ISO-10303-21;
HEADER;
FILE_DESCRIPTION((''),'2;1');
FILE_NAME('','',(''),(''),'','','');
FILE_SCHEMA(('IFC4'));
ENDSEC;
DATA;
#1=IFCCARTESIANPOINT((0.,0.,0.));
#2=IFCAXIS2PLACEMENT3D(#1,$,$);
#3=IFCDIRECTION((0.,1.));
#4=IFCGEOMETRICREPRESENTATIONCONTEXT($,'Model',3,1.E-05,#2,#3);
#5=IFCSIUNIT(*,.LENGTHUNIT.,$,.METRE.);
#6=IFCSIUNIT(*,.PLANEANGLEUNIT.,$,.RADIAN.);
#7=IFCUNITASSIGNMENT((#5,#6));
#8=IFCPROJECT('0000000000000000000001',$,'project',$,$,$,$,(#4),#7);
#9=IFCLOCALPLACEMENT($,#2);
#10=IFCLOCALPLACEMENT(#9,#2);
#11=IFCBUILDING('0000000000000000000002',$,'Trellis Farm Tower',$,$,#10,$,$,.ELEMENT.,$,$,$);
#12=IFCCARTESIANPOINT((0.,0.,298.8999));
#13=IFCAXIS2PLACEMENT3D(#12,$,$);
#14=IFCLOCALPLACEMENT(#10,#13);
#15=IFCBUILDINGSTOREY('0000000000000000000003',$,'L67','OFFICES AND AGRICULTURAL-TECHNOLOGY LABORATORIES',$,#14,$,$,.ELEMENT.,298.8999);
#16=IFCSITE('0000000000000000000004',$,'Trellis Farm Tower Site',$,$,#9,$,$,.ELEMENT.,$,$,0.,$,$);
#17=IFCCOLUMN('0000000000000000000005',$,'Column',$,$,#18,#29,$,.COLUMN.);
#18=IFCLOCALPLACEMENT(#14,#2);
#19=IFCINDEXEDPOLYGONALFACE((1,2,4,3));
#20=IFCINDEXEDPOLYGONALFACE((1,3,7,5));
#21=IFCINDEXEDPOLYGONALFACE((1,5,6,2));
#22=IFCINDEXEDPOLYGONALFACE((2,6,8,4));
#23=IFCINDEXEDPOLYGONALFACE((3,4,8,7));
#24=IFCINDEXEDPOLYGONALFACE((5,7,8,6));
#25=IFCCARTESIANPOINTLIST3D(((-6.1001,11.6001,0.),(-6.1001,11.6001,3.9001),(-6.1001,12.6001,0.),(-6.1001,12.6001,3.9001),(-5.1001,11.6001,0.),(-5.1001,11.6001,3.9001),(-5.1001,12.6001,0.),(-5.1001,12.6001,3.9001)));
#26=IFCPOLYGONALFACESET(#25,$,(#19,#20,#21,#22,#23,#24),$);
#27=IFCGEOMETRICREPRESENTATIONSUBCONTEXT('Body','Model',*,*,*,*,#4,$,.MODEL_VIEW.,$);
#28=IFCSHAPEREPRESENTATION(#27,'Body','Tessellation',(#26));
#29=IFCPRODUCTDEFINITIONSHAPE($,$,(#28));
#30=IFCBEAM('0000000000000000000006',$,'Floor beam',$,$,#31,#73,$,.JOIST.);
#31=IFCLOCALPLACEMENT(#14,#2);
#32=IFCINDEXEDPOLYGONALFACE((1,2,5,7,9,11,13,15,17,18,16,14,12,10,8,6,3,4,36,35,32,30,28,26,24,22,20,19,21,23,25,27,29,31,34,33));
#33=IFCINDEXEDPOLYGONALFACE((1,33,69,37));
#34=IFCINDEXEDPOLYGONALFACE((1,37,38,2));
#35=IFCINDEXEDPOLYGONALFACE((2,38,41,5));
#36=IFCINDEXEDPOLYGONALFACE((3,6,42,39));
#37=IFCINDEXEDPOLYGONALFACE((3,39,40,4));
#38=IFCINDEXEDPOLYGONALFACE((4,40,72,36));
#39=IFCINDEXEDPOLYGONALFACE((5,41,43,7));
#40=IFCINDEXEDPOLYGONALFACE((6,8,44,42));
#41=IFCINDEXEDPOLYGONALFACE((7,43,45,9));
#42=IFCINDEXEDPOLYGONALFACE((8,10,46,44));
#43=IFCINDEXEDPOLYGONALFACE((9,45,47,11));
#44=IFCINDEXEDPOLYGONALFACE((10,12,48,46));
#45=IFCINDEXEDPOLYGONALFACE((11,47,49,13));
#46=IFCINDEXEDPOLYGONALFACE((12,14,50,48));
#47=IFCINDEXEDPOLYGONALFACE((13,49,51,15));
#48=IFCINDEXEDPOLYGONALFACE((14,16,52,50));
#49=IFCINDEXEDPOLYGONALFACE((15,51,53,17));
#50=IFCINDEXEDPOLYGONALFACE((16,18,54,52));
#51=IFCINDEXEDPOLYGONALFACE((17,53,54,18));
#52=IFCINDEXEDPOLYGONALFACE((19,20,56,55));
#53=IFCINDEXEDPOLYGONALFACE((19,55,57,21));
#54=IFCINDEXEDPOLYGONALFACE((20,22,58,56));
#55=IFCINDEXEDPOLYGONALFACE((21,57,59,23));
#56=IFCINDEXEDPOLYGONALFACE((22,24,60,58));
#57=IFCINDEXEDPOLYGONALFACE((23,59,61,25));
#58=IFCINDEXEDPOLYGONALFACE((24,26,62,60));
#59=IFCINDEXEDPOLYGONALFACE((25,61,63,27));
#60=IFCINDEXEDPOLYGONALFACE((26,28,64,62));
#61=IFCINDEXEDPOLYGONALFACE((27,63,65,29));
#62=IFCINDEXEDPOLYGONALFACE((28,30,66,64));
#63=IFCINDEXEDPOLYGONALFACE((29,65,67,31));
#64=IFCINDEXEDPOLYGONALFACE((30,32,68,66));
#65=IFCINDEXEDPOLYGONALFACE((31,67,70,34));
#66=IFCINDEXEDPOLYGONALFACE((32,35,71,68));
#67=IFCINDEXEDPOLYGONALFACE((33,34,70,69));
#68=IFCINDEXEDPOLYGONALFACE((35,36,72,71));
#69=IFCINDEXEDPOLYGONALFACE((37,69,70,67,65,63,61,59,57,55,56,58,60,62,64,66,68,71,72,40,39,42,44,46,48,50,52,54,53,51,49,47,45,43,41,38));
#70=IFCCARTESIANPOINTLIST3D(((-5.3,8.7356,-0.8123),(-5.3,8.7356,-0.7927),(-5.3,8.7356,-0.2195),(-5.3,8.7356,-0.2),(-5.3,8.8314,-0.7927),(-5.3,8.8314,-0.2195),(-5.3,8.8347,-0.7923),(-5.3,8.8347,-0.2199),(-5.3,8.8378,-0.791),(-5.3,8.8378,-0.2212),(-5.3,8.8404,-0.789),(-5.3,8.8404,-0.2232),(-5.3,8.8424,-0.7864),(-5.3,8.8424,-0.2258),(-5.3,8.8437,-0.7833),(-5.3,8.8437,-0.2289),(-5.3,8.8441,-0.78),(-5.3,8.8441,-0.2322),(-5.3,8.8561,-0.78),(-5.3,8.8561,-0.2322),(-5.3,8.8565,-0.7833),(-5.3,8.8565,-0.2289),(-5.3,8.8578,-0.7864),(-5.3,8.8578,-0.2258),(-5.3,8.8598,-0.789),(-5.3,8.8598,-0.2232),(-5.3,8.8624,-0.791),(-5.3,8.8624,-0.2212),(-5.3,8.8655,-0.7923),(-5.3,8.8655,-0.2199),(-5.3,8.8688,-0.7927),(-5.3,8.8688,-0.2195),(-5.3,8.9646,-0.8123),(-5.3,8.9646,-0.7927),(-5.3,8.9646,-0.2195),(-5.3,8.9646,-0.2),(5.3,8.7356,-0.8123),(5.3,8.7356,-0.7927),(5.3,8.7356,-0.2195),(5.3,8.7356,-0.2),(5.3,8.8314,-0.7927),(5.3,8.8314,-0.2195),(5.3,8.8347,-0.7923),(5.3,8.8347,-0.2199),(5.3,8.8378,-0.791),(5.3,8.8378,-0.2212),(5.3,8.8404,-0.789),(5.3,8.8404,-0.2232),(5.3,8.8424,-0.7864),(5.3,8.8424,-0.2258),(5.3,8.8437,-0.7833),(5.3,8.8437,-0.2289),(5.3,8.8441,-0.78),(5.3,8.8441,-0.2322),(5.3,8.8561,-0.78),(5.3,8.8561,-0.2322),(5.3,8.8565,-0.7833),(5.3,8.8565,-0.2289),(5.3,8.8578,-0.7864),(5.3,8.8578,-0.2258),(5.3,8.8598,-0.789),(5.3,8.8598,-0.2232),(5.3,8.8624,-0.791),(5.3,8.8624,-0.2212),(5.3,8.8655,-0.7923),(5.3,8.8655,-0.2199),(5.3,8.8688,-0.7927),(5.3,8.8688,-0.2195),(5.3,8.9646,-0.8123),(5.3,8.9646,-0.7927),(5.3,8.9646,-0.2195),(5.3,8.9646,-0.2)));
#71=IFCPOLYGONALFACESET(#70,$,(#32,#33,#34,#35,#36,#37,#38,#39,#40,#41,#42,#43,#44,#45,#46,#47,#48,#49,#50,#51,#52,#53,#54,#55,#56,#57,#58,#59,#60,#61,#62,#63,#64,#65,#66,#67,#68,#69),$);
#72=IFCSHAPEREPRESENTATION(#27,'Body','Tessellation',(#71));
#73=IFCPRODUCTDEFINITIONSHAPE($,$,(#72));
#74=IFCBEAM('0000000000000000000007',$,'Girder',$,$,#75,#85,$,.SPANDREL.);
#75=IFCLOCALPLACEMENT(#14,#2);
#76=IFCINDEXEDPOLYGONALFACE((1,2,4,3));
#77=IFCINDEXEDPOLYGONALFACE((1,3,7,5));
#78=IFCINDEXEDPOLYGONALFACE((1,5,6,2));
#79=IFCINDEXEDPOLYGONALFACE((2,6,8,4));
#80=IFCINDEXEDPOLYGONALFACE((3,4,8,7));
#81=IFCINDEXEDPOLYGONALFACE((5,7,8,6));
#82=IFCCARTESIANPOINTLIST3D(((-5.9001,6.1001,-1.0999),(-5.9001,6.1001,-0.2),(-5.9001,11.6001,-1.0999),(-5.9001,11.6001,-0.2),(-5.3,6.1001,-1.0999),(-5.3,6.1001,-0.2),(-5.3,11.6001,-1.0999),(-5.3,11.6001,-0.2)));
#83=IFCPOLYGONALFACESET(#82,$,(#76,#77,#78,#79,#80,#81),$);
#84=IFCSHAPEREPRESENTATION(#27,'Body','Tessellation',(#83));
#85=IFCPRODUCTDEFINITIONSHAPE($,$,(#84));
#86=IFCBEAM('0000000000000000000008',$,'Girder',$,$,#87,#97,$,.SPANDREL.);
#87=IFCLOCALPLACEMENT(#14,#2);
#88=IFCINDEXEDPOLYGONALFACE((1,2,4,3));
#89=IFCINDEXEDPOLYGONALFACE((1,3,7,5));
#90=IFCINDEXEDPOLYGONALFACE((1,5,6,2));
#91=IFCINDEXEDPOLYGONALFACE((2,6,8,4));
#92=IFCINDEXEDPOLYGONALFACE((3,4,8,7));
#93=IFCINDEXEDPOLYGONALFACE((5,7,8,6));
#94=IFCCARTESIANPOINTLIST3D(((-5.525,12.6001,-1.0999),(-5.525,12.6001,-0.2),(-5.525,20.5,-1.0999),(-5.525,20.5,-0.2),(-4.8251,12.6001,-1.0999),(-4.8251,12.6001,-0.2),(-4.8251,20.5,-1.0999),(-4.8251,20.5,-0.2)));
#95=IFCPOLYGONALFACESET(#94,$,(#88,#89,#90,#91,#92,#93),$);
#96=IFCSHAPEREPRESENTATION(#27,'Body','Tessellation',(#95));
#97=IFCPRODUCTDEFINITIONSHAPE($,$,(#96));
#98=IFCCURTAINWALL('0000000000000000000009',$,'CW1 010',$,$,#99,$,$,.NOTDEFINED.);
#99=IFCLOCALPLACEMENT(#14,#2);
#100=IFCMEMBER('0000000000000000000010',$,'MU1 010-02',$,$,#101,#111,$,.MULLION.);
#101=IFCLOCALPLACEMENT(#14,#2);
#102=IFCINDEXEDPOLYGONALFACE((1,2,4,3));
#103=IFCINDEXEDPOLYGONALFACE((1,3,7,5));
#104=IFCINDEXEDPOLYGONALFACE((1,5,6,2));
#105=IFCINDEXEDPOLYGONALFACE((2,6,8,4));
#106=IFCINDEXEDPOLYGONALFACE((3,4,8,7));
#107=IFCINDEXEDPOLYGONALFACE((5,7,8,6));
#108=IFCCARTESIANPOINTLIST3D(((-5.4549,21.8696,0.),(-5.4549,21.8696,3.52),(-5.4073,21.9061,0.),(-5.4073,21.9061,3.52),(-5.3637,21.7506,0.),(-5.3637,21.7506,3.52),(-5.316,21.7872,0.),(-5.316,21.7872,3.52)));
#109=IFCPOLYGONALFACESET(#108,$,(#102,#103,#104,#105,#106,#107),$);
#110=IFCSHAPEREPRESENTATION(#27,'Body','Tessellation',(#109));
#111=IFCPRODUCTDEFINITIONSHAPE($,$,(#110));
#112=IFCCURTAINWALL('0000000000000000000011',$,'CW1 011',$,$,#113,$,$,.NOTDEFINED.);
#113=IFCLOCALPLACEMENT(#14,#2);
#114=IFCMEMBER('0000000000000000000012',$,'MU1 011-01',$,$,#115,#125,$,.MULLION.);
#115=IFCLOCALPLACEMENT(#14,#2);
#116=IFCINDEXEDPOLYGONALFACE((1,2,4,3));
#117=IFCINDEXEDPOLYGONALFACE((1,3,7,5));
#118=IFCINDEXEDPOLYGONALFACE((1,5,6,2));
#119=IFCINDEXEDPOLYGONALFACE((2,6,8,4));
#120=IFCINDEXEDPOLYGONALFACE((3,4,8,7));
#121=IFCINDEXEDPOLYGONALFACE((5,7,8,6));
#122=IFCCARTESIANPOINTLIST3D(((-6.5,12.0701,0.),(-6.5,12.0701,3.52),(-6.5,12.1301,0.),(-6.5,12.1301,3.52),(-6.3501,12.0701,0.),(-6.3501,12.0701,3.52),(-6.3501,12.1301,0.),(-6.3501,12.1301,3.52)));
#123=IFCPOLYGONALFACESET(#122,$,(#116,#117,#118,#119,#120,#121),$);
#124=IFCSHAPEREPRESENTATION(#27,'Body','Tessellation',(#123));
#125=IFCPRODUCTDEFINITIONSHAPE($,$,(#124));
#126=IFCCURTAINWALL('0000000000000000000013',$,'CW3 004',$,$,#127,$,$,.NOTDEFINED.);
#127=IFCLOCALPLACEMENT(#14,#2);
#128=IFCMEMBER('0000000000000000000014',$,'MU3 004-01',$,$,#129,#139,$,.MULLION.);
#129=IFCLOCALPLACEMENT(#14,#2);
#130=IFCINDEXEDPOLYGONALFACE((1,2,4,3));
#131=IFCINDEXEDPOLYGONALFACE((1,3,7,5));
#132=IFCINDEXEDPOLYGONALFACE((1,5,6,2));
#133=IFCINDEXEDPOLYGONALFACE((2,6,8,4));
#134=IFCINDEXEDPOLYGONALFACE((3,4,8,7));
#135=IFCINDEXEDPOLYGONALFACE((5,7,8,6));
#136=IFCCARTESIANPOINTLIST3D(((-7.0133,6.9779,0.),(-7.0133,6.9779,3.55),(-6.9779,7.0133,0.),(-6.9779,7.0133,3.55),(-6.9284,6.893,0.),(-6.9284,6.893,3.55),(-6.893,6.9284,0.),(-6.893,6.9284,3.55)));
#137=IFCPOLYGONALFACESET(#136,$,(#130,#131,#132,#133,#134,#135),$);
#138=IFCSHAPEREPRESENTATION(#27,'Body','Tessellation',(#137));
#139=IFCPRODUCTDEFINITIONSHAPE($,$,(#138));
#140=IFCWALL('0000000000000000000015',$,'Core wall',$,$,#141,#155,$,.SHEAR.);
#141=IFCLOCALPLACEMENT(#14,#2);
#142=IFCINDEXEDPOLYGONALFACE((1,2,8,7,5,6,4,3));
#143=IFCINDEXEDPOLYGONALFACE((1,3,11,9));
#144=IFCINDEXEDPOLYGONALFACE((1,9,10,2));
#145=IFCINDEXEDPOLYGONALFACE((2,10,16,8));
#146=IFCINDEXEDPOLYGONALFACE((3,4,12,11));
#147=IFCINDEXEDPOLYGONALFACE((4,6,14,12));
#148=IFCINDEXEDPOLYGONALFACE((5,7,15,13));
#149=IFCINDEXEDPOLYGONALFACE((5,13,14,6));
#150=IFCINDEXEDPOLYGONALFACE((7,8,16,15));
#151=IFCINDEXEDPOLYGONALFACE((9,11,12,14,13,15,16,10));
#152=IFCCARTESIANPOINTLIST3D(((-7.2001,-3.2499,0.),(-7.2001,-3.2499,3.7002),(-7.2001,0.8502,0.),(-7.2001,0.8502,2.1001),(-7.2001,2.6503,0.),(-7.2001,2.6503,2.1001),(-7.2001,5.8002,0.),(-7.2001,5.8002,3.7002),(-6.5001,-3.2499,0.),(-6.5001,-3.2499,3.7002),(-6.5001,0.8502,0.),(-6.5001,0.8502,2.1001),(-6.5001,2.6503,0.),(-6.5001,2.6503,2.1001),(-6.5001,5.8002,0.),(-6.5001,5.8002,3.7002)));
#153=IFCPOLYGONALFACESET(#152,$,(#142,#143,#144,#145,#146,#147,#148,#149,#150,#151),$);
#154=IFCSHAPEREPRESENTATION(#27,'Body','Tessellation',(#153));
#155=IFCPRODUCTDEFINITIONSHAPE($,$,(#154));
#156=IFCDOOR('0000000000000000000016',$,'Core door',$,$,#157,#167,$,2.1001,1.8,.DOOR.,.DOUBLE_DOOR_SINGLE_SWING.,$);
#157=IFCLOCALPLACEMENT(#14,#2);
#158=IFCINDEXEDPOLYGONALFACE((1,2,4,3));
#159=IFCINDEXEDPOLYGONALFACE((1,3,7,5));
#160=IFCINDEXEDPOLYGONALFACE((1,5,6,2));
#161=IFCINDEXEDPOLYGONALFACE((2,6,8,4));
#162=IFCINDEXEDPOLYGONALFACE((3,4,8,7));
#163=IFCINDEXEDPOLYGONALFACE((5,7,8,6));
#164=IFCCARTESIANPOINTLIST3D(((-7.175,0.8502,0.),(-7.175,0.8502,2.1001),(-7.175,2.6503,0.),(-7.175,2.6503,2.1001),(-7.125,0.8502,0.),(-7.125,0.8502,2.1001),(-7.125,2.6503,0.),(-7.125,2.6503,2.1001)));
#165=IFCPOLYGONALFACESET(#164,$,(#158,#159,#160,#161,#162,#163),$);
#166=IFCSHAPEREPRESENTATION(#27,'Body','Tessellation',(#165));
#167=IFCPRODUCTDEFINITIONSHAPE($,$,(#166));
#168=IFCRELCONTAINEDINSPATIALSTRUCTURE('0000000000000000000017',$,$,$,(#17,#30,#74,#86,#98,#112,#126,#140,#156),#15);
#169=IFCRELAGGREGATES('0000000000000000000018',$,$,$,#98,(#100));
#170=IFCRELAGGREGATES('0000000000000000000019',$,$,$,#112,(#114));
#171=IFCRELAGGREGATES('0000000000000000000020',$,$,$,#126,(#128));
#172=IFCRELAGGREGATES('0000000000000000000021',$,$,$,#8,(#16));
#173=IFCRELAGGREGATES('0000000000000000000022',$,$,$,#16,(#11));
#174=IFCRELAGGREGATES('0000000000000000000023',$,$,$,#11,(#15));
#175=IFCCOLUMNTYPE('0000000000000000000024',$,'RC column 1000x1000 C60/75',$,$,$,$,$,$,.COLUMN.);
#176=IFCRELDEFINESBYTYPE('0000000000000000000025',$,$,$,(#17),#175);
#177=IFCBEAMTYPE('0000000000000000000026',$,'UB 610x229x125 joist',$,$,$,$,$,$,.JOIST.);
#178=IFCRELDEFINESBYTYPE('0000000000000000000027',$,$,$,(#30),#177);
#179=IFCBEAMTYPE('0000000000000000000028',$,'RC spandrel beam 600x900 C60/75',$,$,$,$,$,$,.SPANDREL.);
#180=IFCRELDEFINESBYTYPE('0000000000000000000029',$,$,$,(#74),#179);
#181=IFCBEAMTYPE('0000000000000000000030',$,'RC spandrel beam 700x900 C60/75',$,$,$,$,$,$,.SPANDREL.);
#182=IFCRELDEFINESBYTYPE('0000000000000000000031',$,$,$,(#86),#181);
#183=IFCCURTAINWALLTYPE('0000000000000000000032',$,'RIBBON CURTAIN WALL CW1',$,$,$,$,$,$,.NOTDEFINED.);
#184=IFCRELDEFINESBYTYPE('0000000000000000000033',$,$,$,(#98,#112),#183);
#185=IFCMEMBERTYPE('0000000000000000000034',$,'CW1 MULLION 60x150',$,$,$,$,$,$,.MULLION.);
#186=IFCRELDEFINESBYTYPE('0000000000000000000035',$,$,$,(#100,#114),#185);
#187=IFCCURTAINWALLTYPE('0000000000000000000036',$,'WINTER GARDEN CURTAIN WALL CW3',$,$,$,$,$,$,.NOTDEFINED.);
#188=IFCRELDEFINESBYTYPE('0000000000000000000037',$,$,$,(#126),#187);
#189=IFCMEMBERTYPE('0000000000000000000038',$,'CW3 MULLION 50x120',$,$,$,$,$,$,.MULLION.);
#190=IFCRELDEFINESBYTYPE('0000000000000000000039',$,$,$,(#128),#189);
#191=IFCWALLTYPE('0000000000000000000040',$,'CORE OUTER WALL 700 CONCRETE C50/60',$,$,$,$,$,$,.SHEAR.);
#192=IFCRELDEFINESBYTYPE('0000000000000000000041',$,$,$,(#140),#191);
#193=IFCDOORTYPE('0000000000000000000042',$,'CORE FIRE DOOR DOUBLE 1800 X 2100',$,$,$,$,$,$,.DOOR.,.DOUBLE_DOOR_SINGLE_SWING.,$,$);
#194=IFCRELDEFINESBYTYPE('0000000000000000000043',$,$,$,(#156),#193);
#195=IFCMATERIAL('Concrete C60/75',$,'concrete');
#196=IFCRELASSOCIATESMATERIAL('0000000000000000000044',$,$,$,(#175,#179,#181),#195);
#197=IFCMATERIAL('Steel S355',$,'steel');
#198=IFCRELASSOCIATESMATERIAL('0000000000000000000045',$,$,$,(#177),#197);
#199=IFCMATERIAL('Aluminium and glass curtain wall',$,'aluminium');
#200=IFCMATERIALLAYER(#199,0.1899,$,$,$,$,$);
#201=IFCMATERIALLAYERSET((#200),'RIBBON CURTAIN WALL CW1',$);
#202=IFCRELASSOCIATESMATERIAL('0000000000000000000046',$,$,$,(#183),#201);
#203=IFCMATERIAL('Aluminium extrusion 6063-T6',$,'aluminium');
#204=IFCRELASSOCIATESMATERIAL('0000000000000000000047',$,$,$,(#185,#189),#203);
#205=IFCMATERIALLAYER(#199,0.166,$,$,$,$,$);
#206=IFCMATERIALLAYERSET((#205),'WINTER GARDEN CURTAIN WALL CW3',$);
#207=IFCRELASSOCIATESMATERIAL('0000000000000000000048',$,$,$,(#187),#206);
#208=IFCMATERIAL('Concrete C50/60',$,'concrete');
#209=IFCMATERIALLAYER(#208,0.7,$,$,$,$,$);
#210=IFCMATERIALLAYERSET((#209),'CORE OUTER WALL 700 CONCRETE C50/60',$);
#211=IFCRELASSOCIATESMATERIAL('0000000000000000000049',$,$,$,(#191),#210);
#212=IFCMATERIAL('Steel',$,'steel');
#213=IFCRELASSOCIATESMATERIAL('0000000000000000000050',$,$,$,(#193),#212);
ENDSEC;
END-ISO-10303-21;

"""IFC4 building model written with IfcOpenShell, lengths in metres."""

from ifc_helpers import new_model, si_unit, direction, frame, frame_2d, origin, origin_2d, place, context, subcontext, project, spatial, rectangle, i_section, extrude, source, transform, mapped, material, layer, layer_set, material_profile, profile_set, type_object, element, fill, aggregate, save


model = new_model("IFC4")

# Units and contexts
model_context = context("Model", 3, precision=1e-05, world=origin(), true_north=direction((0.0, 1.0)))
body_context = subcontext(model_context, "Body", "Model", "MODEL_VIEW")
ifc_project = project(units=[si_unit("LENGTHUNIT", "METRE"), si_unit("PLANEANGLEUNIT", "RADIAN")], contexts=[model_context])

# Site, building, storey
site_placement = place(None, origin())
site = spatial("IfcSite", under=ifc_project, at=site_placement, Name="Trellis Farm Tower Site", CompositionType="ELEMENT", RefElevation=0.0)
building_placement = place(site_placement, origin())
building = spatial("IfcBuilding", under=site, at=building_placement, Name="Trellis Farm Tower", CompositionType="ELEMENT")
storey_placement = place(building_placement, frame((0.0, 0.0, 298.8999)))
storey = spatial("IfcBuildingStorey", under=building, at=storey_placement, Name="L67", Description="OFFICES AND AGRICULTURAL-TECHNOLOGY LABORATORIES", CompositionType="ELEMENT", Elevation=298.8999)

# Column
ifc_material_1 = material(Name="Concrete C60/75", Category="concrete")
ifc_material_profile_1 = material_profile(ifc_material_1, rectangle(XDim=1.0, YDim=1.0, at=origin_2d()), Name="RC column 1000x1000 C60/75")
ifc_profile_set_1 = profile_set([ifc_material_profile_1], Name="Concrete C60/75")
column_type = type_object("IfcColumnType", Name="RC column 1000x1000 C60/75", PredefinedType="COLUMN", material=ifc_profile_set_1)
shared_shape_1 = source(origin(), body_context, "Body", "SweptSolid", [
    extrude(rectangle(XDim=1.0, YDim=1.0, at=origin_2d()), origin(), (0.0, 0.0, 1.0), 3.9001),
])
column_placement = place(storey_placement, frame((-5.6001, 12.1001, 0.0), z_axis=(0.0, 0.0, 1.0), x_axis=(1.0, 0.0, 0.0)))
element("IfcColumn", 1, at=column_placement, inside=storey, type_object=column_type, Name="Column", PredefinedType="COLUMN", context=body_context, shape_type="MappedRepresentation", body=[
    mapped(shared_shape_1, transform((0.0, 0.0, 0.0))),
])

# Beams
ifc_material_2 = material(Name="Steel S355", Category="steel")
ifc_material_profile_2 = material_profile(ifc_material_2, i_section(OverallWidth=0.229, OverallDepth=0.6123, WebThickness=0.012, FlangeThickness=0.0195, FilletRadius=0.0127, at=origin_2d()), Name="UB 610x229x125")
ifc_profile_set_2 = profile_set([ifc_material_profile_2], Name="Steel S355")
beam_type_1 = type_object("IfcBeamType", Name="UB 610x229x125 joist", PredefinedType="JOIST", material=ifc_profile_set_2)
shared_shape_2 = source(origin(), body_context, "Body", "SweptSolid", [
    extrude(i_section(OverallWidth=0.229, OverallDepth=0.6123, WebThickness=0.012, FlangeThickness=0.0195, FilletRadius=0.0127, at=origin_2d()), origin(), (0.0, 0.0, 1.0), 10.6001),
])
beam_1_placement = place(storey_placement, frame((-5.3, 8.8501, -0.5061), z_axis=(1.0, 0.0, 0.0), x_axis=(0.0, 1.0, 0.0)))
element("IfcBeam", 2, at=beam_1_placement, inside=storey, type_object=beam_type_1, Name="Floor beam", PredefinedType="JOIST", context=body_context, shape_type="MappedRepresentation", body=[
    mapped(shared_shape_2, transform((0.0, 0.0, 0.0))),
])
ifc_material_profile_3 = material_profile(ifc_material_1, rectangle(XDim=0.6001, YDim=0.8999, at=origin_2d()), Name="RC spandrel beam 600x900 C60/75")
ifc_profile_set_3 = profile_set([ifc_material_profile_3], Name="Concrete C60/75")
beam_type_2 = type_object("IfcBeamType", Name="RC spandrel beam 600x900 C60/75", PredefinedType="SPANDREL", material=ifc_profile_set_3)
shared_shape_3 = source(origin(), body_context, "Body", "SweptSolid", [
    extrude(rectangle(XDim=0.6001, YDim=0.8999, at=origin_2d()), origin(), (0.0, 0.0, 1.0), 5.5),
])
beam_2_placement = place(storey_placement, frame((-5.6001, 6.1001, -0.6499), z_axis=(0.0, 1.0, 0.0), x_axis=(-1.0, 0.0, 0.0)))
element("IfcBeam", 3, at=beam_2_placement, inside=storey, type_object=beam_type_2, Name="Girder", PredefinedType="SPANDREL", context=body_context, shape_type="MappedRepresentation", body=[
    mapped(shared_shape_3, transform((0.0, 0.0, 0.0))),
])
ifc_material_profile_4 = material_profile(ifc_material_1, rectangle(XDim=0.7, YDim=0.8999, at=origin_2d()), Name="RC spandrel beam 700x900 C60/75")
ifc_profile_set_4 = profile_set([ifc_material_profile_4], Name="Concrete C60/75")
beam_type_3 = type_object("IfcBeamType", Name="RC spandrel beam 700x900 C60/75", PredefinedType="SPANDREL", material=ifc_profile_set_4)
shared_shape_4 = source(origin(), body_context, "Body", "SweptSolid", [
    extrude(rectangle(XDim=0.7, YDim=0.8999, at=origin_2d()), origin(), (0.0, 0.0, 1.0), 7.8999),
])
beam_3_placement = place(storey_placement, frame((-5.175, 12.6001, -0.6499), z_axis=(0.0, 1.0, 0.0), x_axis=(-1.0, 0.0, 0.0)))
element("IfcBeam", 4, at=beam_3_placement, inside=storey, type_object=beam_type_3, Name="Girder", PredefinedType="SPANDREL", context=body_context, shape_type="MappedRepresentation", body=[
    mapped(shared_shape_4, transform((0.0, 0.0, 0.0))),
])

# Curtain walls, members
ifc_material_3 = material(Name="Aluminium and glass curtain wall", Category="aluminium")
ifc_layer_1 = layer(ifc_material_3, 0.1899)
ifc_layer_set_1 = layer_set([ifc_layer_1], Name="RIBBON CURTAIN WALL CW1")
curtain_wall_type_1 = type_object("IfcCurtainWallType", Name="RIBBON CURTAIN WALL CW1", PredefinedType="NOTDEFINED", material=ifc_layer_set_1)
placement = place(storey_placement, origin())
curtain_wall_1 = element("IfcCurtainWall", 5, at=placement, inside=storey, type_object=curtain_wall_type_1, Name="CW1 010", PredefinedType="NOTDEFINED")
ifc_material_4 = material(Name="Aluminium extrusion 6063-T6", Category="aluminium")
ifc_material_profile_5 = material_profile(ifc_material_4, rectangle(XDim=0.0601, YDim=0.1499, at=origin_2d()), Name="MULLION 60x150")
ifc_profile_set_5 = profile_set([ifc_material_profile_5], Name="Aluminium extrusion 6063-T6")
member_type_1 = type_object("IfcMemberType", Name="CW1 MULLION 60x150", PredefinedType="MULLION", material=ifc_profile_set_5)
shared_shape_5 = source(origin(), body_context, "Body", "SweptSolid", [
    extrude(rectangle(XDim=0.0601, YDim=0.1499, at=origin_2d()), origin(), (0.0, 0.0, 1.0), 3.52),
])
member_1_placement = place(storey_placement, frame((-5.3855, 21.8284, 0.0), z_axis=(0.0, 0.0, 1.0), x_axis=(-0.793353, -0.608761, 0.0)))
member_1 = element("IfcMember", 6, at=member_1_placement, type_object=member_type_1, Name="MU1 010-02", PredefinedType="MULLION", context=body_context, shape_type="MappedRepresentation", body=[
    mapped(shared_shape_5, transform((0.0, 0.0, 0.0))),
])
aggregate(curtain_wall_1, [member_1])
curtain_wall_2 = element("IfcCurtainWall", 7, at=placement, inside=storey, type_object=curtain_wall_type_1, Name="CW1 011", PredefinedType="NOTDEFINED")
member_2_placement = place(storey_placement, frame((-6.425, 12.1001, 0.0), z_axis=(0.0, 0.0, 1.0), x_axis=(0.0, -1.0, 0.0)))
member_2 = element("IfcMember", 8, at=member_2_placement, type_object=member_type_1, Name="MU1 011-01", PredefinedType="MULLION", context=body_context, shape_type="MappedRepresentation", body=[
    mapped(shared_shape_5, transform((0.0, 0.0, 0.0))),
])
aggregate(curtain_wall_2, [member_2])
ifc_layer_2 = layer(ifc_material_3, 0.166)
ifc_layer_set_2 = layer_set([ifc_layer_2], Name="WINTER GARDEN CURTAIN WALL CW3")
curtain_wall_type_2 = type_object("IfcCurtainWallType", Name="WINTER GARDEN CURTAIN WALL CW3", PredefinedType="NOTDEFINED", material=ifc_layer_set_2)
curtain_wall_3 = element("IfcCurtainWall", 9, at=placement, inside=storey, type_object=curtain_wall_type_2, Name="CW3 004", PredefinedType="NOTDEFINED")
ifc_material_profile_6 = material_profile(ifc_material_4, rectangle(XDim=0.05, YDim=0.1201, at=origin_2d()), Name="MULLION 50x120")
ifc_profile_set_6 = profile_set([ifc_material_profile_6], Name="Aluminium extrusion 6063-T6")
member_type_2 = type_object("IfcMemberType", Name="CW3 MULLION 50x120", PredefinedType="MULLION", material=ifc_profile_set_6)
shared_shape_6 = source(origin(), body_context, "Body", "SweptSolid", [
    extrude(rectangle(XDim=0.05, YDim=0.1201, at=origin_2d()), origin(), (0.0, 0.0, 1.0), 3.55),
])
member_3_placement = place(storey_placement, frame((-6.9531, 6.9531, 0.0), z_axis=(0.0, 0.0, 1.0), x_axis=(-0.707107, -0.707107, 0.0)))
member_3 = element("IfcMember", 10, at=member_3_placement, type_object=member_type_2, Name="MU3 004-01", PredefinedType="MULLION", context=body_context, shape_type="MappedRepresentation", body=[
    mapped(shared_shape_6, transform((0.0, 0.0, 0.0))),
])
aggregate(curtain_wall_3, [member_3])

# Wall, opening, door
ifc_material_5 = material(Name="Concrete C50/60", Category="concrete")
ifc_layer_3 = layer(ifc_material_5, 0.7)
ifc_layer_set_3 = layer_set([ifc_layer_3], Name="CORE OUTER WALL 700 CONCRETE C50/60")
wall_type_1 = type_object("IfcWallType", Name="CORE OUTER WALL 700 CONCRETE C50/60", PredefinedType="SHEAR", material=ifc_layer_set_3)
shared_shape_7 = source(origin(), body_context, "Body", "SweptSolid", [
    extrude(rectangle(XDim=9.05, YDim=0.7, at=frame_2d((4.5249, 0.0))), origin(), (0.0, 0.0, 1.0), 3.7002),
])
wall_1_placement = place(storey_placement, frame((-6.8501, 5.8, 0.0), z_axis=(0.0, 0.0, 1.0), x_axis=(0.0, -1.0, 0.0)))
wall_1 = element("IfcWall", 11, at=wall_1_placement, inside=storey, type_object=wall_type_1, Name="Core wall", PredefinedType="SHEAR", context=body_context, shape_type="MappedRepresentation", body=[
    mapped(shared_shape_7, transform((0.0, 0.0, 0.0))),
])
shared_shape_8 = source(origin(), body_context, "Body", "SweptSolid", [
    extrude(rectangle(XDim=1.8, YDim=2.1001, at=frame_2d((0.8999, 1.05))), frame((0.0, 0.3601, 0.0), z_axis=(0.0, -1.0, 0.0), x_axis=(1.0, 0.0, 0.0)), (0.0, 0.0, 1.0), 0.7202),
])
opening_1_placement = place(wall_1_placement, frame((3.1499, 0.0, 0.0)))
opening_1 = element("IfcOpeningElement", 12, at=opening_1_placement, cuts=wall_1, PredefinedType="OPENING", context=body_context, shape_type="MappedRepresentation", body=[
    mapped(shared_shape_8, transform((0.0, 0.0, 0.0))),
])
ifc_material_6 = material(Name="Steel", Category="steel")
door_type_1 = type_object("IfcDoorType", Name="CORE FIRE DOOR DOUBLE 1800 X 2100", OperationType="DOUBLE_DOOR_SINGLE_SWING", PredefinedType="DOOR", material=ifc_material_6)
shared_shape_9 = source(origin(), body_context, "Body", "SweptSolid", [
    extrude(rectangle(XDim=1.8, YDim=2.1001, at=frame_2d((0.8999, 1.05))), frame((0.0, -0.2749, 0.0), z_axis=(0.0, -1.0, 0.0), x_axis=(1.0, 0.0, 0.0)), (0.0, 0.0, 1.0), 0.05),
])
door_1_placement = place(opening_1_placement, origin())
door_1 = element("IfcDoor", 13, at=door_1_placement, inside=storey, type_object=door_type_1, Name="Core door", OperationType="DOUBLE_DOOR_SINGLE_SWING", OverallHeight=2.1001, OverallWidth=1.8, PredefinedType="DOOR", context=body_context, shape_type="MappedRepresentation", body=[
    mapped(shared_shape_9, transform((0.0, 0.0, 0.0))),
])
fill(opening_1, door_1)

save(model, "model.ifc")
